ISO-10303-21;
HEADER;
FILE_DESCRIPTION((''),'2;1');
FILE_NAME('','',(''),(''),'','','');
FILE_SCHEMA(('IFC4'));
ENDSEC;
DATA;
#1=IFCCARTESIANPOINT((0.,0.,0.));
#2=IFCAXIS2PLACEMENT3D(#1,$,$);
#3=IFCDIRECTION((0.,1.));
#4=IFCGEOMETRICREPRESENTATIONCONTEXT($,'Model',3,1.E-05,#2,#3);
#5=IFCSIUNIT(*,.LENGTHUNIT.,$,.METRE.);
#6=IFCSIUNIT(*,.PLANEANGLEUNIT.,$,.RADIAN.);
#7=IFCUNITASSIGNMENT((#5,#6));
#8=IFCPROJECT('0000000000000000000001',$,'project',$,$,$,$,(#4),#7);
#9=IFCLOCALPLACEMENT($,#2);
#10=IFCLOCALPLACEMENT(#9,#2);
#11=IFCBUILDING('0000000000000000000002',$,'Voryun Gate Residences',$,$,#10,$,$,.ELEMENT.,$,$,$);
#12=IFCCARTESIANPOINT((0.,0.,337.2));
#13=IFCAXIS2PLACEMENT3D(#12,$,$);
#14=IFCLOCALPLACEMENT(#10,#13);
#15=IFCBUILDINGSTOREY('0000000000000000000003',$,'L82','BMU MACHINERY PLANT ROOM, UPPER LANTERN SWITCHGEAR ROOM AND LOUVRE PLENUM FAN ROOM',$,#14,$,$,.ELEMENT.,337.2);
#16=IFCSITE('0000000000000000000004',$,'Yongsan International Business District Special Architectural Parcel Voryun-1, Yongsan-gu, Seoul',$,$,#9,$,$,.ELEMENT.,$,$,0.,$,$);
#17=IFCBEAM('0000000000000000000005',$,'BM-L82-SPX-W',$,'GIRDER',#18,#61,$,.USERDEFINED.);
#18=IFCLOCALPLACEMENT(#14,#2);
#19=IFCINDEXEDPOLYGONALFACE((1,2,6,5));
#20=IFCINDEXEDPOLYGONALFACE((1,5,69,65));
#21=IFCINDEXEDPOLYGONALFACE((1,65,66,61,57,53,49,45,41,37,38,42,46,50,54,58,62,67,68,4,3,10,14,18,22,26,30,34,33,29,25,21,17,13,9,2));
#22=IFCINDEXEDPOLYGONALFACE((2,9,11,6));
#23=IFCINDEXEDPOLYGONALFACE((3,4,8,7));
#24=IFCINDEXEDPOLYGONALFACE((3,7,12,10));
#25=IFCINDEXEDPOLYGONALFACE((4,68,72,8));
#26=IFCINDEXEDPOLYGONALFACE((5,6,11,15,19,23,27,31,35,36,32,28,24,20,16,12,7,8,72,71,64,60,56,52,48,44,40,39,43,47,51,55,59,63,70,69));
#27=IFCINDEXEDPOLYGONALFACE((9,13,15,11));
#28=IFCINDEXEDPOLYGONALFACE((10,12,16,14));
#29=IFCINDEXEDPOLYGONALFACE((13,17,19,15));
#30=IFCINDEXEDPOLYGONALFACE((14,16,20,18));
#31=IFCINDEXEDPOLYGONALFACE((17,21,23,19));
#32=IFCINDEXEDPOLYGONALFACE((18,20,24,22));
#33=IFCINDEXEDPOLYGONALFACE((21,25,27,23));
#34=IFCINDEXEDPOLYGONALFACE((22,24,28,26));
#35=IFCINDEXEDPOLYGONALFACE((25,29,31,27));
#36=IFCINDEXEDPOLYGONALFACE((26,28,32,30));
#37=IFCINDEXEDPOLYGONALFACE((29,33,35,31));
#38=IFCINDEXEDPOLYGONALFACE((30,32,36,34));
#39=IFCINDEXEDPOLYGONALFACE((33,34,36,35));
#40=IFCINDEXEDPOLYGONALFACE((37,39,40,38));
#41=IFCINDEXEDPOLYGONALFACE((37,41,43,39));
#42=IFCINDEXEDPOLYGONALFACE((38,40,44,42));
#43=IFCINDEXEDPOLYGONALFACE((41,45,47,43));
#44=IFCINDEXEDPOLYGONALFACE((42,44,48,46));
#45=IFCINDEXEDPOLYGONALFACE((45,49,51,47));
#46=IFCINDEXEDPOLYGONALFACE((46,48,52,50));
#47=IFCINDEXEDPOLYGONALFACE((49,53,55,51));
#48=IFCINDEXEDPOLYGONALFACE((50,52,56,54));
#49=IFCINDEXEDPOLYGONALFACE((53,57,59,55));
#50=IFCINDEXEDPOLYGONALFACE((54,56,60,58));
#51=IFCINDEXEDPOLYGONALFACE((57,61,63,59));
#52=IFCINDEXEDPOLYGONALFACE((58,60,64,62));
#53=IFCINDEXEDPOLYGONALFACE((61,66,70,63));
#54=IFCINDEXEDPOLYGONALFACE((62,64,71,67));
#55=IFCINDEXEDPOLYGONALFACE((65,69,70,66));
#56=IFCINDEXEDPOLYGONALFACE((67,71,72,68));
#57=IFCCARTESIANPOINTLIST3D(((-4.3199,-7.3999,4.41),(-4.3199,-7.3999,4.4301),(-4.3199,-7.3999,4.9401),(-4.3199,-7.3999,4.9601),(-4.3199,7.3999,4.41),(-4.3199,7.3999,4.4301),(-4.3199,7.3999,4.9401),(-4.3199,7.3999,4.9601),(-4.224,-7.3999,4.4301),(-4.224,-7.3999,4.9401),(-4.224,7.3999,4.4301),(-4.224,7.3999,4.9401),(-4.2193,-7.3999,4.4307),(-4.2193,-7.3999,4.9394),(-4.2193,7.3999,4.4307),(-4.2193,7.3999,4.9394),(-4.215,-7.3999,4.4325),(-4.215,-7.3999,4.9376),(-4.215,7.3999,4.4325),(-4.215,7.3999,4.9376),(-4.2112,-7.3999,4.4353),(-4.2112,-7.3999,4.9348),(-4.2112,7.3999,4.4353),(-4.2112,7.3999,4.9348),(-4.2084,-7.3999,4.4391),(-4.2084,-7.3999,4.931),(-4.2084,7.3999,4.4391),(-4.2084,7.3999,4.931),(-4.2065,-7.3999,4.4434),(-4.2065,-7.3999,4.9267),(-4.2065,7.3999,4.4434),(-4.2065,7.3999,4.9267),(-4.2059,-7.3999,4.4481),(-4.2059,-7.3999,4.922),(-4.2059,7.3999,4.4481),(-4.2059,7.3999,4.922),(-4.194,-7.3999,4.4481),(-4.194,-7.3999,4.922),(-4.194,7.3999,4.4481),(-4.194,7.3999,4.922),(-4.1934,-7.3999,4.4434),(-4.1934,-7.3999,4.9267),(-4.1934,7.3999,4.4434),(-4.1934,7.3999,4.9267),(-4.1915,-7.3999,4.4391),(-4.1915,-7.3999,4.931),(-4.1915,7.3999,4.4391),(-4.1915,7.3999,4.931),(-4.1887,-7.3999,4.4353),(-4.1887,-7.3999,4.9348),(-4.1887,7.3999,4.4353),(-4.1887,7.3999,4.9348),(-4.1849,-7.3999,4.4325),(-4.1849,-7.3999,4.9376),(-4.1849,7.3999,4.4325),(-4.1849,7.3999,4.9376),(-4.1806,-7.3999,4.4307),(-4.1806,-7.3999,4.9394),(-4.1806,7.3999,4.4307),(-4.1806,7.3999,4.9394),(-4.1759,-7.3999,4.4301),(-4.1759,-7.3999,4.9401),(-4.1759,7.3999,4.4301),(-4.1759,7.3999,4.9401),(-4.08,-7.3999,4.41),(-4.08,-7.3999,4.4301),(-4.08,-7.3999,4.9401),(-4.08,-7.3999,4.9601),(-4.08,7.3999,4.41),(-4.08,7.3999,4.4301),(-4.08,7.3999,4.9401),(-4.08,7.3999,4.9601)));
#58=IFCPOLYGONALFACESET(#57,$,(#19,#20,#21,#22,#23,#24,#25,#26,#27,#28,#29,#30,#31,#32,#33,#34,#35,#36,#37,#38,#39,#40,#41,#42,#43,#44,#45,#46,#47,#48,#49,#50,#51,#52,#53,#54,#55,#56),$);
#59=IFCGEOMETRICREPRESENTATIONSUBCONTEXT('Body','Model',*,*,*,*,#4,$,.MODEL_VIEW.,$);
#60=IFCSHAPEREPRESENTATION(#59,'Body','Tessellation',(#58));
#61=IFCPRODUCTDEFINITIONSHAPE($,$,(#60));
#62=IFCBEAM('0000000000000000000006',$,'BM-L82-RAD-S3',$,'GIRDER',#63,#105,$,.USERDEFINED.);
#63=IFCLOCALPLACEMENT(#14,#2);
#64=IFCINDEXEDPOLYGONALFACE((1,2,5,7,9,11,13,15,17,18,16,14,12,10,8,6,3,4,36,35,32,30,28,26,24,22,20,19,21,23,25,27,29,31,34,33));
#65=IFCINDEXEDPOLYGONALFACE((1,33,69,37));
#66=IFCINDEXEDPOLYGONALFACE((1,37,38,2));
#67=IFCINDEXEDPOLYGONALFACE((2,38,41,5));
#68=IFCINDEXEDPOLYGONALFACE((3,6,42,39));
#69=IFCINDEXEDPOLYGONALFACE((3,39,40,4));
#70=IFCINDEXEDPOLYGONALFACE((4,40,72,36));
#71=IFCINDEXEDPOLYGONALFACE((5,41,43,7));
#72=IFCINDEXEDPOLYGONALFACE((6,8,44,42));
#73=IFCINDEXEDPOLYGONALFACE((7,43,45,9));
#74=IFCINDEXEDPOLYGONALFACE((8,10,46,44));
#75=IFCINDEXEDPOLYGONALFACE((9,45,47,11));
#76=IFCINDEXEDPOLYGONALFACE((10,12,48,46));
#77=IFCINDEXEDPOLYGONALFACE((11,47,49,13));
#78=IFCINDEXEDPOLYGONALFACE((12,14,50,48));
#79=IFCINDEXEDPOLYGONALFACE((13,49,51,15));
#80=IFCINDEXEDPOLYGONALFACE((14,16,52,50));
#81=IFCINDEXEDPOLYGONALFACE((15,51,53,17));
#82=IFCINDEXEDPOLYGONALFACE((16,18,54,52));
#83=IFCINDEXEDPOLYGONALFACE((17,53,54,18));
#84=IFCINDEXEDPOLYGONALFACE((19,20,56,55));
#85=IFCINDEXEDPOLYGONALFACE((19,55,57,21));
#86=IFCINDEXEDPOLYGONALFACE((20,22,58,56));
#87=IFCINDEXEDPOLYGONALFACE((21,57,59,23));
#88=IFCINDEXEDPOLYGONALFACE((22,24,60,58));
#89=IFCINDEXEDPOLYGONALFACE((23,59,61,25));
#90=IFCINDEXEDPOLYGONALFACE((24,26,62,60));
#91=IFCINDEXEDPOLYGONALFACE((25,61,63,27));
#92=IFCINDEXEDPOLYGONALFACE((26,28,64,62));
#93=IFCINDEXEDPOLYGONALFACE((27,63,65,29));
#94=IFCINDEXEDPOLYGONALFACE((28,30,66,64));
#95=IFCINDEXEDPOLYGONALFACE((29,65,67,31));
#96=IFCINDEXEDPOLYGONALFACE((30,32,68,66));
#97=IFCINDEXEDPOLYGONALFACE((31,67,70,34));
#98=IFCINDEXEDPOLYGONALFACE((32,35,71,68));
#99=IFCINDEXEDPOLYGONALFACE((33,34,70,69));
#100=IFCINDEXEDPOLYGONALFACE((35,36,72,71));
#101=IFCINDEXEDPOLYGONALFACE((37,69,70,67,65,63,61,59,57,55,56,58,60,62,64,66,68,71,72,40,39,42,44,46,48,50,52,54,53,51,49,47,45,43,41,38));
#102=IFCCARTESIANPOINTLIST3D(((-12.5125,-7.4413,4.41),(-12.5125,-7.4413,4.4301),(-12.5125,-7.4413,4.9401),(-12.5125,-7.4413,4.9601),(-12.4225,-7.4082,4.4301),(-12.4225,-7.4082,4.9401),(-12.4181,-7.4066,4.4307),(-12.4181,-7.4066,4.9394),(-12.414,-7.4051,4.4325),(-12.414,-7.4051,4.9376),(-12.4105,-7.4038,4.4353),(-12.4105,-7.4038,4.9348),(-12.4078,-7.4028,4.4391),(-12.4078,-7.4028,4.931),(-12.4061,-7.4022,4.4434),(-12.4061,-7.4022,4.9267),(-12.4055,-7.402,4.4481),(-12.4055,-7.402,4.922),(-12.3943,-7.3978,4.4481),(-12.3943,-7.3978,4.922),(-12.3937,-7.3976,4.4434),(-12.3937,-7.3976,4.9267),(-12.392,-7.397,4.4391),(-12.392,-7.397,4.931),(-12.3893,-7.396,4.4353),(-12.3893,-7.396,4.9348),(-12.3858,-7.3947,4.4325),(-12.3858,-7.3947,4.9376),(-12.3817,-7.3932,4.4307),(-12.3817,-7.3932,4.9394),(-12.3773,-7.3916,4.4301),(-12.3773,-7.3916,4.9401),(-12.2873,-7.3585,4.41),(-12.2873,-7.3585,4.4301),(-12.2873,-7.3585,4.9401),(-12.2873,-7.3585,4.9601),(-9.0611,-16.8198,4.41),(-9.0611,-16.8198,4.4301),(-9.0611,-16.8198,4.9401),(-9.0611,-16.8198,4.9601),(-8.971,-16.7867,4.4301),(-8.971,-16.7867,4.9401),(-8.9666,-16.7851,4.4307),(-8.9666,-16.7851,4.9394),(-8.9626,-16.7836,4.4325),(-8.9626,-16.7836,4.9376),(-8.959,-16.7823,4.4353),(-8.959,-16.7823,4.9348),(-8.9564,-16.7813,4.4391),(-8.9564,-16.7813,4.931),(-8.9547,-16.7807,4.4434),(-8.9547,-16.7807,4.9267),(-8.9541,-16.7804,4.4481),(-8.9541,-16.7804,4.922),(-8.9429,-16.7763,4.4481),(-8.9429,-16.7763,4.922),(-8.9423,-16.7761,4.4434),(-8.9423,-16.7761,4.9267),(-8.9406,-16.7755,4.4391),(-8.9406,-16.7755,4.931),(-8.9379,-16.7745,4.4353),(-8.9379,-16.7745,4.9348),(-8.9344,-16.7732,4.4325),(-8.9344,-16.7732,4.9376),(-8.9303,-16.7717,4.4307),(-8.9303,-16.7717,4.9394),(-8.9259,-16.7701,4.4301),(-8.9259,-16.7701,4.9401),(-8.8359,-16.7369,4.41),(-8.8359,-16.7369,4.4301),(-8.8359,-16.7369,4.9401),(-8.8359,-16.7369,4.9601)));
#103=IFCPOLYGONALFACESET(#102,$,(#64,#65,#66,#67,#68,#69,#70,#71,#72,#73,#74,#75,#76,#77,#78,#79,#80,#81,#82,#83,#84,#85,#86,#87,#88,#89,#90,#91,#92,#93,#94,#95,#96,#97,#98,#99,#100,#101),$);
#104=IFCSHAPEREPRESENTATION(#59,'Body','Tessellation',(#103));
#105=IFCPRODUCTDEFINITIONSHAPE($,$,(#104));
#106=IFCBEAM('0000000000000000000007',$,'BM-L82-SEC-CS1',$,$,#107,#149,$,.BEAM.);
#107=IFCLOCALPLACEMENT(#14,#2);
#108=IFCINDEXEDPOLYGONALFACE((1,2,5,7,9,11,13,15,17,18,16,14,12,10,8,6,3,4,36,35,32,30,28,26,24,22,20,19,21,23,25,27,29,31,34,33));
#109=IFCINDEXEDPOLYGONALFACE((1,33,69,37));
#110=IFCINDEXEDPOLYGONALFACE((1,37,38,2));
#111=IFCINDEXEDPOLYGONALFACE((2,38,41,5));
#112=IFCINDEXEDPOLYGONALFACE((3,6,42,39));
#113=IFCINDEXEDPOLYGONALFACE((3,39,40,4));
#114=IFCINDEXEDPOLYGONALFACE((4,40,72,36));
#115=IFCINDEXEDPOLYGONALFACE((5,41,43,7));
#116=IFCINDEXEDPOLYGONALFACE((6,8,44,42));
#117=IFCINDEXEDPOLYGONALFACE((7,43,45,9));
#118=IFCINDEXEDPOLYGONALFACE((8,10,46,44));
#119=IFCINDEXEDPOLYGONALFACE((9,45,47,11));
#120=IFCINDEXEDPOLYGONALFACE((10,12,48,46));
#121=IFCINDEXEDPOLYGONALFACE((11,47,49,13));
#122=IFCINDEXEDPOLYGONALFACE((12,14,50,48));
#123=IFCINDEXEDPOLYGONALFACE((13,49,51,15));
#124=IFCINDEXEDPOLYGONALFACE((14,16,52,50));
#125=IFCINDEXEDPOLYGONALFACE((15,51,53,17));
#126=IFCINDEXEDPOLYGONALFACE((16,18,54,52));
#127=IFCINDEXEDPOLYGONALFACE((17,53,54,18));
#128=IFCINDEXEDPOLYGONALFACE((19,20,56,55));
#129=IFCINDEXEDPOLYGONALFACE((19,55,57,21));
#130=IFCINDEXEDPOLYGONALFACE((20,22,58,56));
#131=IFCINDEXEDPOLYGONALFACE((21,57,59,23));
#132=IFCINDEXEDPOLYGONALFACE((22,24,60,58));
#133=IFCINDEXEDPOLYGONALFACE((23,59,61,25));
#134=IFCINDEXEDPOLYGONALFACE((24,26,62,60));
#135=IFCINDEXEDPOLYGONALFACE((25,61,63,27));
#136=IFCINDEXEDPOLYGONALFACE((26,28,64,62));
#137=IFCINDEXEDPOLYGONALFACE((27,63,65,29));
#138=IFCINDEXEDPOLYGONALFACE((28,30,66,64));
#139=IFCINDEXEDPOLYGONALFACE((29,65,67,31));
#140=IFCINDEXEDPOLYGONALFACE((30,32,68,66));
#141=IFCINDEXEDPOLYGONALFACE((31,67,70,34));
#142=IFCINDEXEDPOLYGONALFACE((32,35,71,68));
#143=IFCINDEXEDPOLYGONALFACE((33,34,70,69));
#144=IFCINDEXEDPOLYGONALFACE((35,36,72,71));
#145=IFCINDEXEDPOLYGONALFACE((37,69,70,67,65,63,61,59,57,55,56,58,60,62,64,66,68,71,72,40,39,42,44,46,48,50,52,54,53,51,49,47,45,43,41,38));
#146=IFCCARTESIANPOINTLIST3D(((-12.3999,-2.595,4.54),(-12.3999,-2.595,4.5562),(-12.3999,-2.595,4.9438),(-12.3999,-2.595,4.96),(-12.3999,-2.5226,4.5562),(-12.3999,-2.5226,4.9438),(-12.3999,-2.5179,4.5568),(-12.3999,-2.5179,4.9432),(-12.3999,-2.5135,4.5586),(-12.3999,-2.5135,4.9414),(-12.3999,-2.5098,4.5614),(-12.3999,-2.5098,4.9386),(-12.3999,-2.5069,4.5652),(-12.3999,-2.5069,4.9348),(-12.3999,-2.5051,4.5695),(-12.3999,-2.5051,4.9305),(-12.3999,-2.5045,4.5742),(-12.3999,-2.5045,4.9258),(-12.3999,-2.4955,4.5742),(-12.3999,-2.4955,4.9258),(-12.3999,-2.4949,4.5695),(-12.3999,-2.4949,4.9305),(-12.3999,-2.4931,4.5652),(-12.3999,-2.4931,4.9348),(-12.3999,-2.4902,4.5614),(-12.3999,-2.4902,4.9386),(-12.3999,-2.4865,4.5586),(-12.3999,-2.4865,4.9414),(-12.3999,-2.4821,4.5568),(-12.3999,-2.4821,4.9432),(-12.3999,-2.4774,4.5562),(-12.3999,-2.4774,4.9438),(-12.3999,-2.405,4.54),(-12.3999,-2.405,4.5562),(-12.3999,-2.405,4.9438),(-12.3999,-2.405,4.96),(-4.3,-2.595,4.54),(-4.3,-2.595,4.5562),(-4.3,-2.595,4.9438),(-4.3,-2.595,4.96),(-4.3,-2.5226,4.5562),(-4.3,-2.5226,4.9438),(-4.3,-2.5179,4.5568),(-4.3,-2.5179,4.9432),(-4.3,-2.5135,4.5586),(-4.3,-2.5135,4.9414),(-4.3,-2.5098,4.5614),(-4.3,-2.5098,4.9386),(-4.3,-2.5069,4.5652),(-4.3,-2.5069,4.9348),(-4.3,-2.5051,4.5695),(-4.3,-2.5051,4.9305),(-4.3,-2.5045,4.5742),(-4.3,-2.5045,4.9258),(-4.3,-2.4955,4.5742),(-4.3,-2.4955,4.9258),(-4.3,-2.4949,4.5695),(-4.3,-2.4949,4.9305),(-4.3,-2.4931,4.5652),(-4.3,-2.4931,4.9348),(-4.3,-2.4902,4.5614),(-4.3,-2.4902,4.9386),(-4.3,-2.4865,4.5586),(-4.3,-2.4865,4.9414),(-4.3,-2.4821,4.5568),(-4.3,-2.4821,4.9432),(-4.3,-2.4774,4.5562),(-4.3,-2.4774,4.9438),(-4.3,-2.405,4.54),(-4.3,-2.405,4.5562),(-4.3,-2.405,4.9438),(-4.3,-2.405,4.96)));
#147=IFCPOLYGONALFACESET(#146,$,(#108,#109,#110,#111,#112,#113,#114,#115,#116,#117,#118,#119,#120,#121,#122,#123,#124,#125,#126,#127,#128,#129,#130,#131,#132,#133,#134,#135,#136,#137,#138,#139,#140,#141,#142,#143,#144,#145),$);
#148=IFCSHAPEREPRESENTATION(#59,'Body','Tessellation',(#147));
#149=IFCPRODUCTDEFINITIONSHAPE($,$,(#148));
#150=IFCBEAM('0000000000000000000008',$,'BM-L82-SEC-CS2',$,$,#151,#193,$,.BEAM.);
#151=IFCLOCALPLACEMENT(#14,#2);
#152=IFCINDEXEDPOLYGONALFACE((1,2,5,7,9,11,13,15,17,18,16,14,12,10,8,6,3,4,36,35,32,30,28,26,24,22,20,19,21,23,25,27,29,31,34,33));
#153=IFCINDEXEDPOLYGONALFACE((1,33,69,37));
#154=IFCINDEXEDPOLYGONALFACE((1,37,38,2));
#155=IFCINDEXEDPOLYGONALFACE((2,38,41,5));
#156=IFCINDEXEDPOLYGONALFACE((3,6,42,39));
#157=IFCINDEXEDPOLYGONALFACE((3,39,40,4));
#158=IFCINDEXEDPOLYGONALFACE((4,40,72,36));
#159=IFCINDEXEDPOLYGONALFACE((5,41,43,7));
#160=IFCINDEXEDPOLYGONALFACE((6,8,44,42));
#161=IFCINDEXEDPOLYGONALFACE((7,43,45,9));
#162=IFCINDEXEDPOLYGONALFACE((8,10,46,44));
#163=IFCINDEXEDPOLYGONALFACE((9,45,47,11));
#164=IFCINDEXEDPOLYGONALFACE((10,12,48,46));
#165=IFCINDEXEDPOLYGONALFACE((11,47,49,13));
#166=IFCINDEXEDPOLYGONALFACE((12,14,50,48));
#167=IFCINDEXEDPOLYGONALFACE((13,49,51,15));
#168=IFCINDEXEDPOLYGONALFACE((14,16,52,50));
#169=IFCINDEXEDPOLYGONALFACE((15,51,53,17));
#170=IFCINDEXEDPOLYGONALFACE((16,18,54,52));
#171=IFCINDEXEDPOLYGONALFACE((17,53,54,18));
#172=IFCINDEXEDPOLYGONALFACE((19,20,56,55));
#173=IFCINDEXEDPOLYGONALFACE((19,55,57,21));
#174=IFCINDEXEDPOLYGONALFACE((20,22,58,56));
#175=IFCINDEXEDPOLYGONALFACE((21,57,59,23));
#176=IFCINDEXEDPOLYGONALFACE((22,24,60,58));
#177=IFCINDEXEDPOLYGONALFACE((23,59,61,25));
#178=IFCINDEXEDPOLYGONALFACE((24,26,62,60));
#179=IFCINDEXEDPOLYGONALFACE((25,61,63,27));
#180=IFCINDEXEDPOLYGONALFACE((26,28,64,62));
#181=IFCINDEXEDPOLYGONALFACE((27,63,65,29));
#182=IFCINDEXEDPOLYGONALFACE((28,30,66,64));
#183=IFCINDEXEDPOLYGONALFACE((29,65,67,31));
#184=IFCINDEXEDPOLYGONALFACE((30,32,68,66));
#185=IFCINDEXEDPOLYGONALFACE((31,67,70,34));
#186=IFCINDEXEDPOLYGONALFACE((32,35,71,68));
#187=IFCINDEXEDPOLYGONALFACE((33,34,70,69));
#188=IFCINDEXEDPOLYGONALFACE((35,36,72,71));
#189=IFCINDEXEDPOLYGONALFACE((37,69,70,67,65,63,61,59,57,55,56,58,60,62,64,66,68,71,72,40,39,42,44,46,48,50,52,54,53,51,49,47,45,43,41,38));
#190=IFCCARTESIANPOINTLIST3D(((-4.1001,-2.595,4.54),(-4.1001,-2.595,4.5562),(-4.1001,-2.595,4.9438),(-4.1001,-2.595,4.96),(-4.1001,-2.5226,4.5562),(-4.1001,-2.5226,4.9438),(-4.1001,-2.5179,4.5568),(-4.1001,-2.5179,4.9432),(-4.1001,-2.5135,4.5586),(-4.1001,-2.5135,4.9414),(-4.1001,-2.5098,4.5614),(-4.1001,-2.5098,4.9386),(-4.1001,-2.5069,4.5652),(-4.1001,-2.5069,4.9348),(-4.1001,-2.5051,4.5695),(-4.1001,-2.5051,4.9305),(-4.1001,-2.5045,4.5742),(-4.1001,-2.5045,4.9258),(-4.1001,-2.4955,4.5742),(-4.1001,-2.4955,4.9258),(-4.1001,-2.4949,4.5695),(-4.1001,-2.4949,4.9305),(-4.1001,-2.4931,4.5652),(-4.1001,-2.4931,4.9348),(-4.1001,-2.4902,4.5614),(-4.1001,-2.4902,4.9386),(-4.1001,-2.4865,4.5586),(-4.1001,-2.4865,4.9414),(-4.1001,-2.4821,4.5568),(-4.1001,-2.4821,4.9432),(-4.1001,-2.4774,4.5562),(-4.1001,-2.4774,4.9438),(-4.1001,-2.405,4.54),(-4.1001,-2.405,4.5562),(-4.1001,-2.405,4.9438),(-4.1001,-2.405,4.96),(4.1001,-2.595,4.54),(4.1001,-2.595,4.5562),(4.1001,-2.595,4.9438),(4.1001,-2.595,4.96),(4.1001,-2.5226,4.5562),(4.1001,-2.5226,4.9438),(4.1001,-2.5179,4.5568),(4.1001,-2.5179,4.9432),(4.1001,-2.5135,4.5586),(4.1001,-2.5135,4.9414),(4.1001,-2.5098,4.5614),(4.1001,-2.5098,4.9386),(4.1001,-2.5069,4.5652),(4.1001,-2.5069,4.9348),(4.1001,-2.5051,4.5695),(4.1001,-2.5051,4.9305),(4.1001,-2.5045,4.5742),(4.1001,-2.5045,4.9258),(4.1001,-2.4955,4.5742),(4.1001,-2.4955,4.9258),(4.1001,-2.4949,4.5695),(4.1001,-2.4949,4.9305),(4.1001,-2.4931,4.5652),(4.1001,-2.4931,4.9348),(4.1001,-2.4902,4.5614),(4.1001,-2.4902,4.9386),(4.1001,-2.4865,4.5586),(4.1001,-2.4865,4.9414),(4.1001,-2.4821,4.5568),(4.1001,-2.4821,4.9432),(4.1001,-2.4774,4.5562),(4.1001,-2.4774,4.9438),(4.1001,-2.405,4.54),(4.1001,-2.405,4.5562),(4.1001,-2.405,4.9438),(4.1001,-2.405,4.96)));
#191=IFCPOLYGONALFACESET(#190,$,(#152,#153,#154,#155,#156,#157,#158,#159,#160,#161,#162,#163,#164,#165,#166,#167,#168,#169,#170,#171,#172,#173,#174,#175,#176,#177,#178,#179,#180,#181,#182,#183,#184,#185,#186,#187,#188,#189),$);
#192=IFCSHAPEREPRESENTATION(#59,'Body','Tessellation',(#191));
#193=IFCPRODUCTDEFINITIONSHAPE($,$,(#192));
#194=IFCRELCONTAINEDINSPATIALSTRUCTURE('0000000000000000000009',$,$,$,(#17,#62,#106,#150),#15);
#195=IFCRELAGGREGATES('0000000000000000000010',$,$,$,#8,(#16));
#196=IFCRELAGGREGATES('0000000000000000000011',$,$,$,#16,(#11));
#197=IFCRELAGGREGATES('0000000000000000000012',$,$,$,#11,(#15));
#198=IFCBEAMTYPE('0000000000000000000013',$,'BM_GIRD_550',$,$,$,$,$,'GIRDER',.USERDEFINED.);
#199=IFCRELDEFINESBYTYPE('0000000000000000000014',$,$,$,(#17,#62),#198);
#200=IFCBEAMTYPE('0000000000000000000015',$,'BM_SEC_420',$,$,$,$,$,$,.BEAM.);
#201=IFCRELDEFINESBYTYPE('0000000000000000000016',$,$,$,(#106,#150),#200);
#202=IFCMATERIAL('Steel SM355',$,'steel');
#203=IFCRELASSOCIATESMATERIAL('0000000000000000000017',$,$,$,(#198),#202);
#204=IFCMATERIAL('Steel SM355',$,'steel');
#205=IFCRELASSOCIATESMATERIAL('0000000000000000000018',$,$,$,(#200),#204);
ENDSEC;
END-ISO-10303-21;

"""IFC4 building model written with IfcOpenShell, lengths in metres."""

from ifc_helpers import new_model, si_unit, direction, frame, origin, origin_2d, place, context, subcontext, project, spatial, i_section, extrude, material, material_profile, profile_set, type_object, element, save


model = new_model("IFC4")

# Units and contexts
model_context = context("Model", 3, precision=1e-05, world=origin(), true_north=direction((0.0, 1.0)))
body_context = subcontext(model_context, "Body", "Model", "MODEL_VIEW")
ifc_project = project(units=[si_unit("LENGTHUNIT", "METRE"), si_unit("PLANEANGLEUNIT", "RADIAN")], contexts=[model_context])

# Site, building, storey
site_placement = place(None, origin())
site = spatial("IfcSite", under=ifc_project, at=site_placement, Name="Yongsan International Business District Special Architectural Parcel Voryun-1, Yongsan-gu, Seoul", CompositionType="ELEMENT", RefElevation=0.0)
building_placement = place(site_placement, origin())
building = spatial("IfcBuilding", under=site, at=building_placement, Name="Voryun Gate Residences", CompositionType="ELEMENT")
storey_placement = place(building_placement, frame((0.0, 0.0, 337.2)))
storey = spatial("IfcBuildingStorey", under=building, at=storey_placement, Name="L82", Description="BMU MACHINERY PLANT ROOM, UPPER LANTERN SWITCHGEAR ROOM AND LOUVRE PLENUM FAN ROOM", CompositionType="ELEMENT", Elevation=337.2)

# Beams
ifc_material_1 = material(Name="Steel SM355", Category="steel")
ifc_material_profile_1 = material_profile(ifc_material_1, i_section(OverallWidth=0.24, OverallDepth=0.55, WebThickness=0.012, FlangeThickness=0.02, FilletRadius=0.0181, at=origin_2d()), Name="H-550x240x12x20")
ifc_profile_set_1 = profile_set([ifc_material_profile_1], Name="Steel SM355")
beam_type_1 = type_object("IfcBeamType", Name="BM_GIRD_550", ElementType="GIRDER", PredefinedType="USERDEFINED", material=ifc_profile_set_1)
beam_1_placement = place(storey_placement, frame((-4.2, -7.3999, 4.6851), z_axis=(0.0, 1.0, 0.0), x_axis=(-1.0, 0.0, 0.0)))
element("IfcBeam", 1, at=beam_1_placement, inside=storey, type_object=beam_type_1, Name="BM-L82-SPX-W", ObjectType="GIRDER", PredefinedType="USERDEFINED", context=body_context, shape_type="SweptSolid", body=[
    extrude(i_section(OverallWidth=0.24, OverallDepth=0.55, WebThickness=0.012, FlangeThickness=0.02, FilletRadius=0.0181, at=origin_2d()), origin(), (0.0, 0.0, 1.0), 14.7998),
])
beam_2_placement = place(storey_placement, frame((-12.3999, -7.3999, 4.6851), z_axis=(0.345371, -0.938466, 0.0), x_axis=(0.938466, 0.345371, 0.0)))
element("IfcBeam", 2, at=beam_2_placement, inside=storey, type_object=beam_type_1, Name="BM-L82-RAD-S3", ObjectType="GIRDER", PredefinedType="USERDEFINED", context=body_context, shape_type="SweptSolid", body=[
    extrude(i_section(OverallWidth=0.24, OverallDepth=0.55, WebThickness=0.012, FlangeThickness=0.02, FilletRadius=0.0181, at=origin_2d()), origin(), (0.0, 0.0, 1.0), 9.9934),
])
ifc_material_2 = material(Name="Steel SM355", Category="steel")
ifc_material_profile_2 = material_profile(ifc_material_2, i_section(OverallWidth=0.1899, OverallDepth=0.4199, WebThickness=0.009, FlangeThickness=0.0161, FilletRadius=0.0181, at=origin_2d()), Name="H-420x190x9x16")
ifc_profile_set_2 = profile_set([ifc_material_profile_2], Name="Steel SM355")
beam_type_2 = type_object("IfcBeamType", Name="BM_SEC_420", PredefinedType="BEAM", material=ifc_profile_set_2)
beam_3_placement = place(storey_placement, frame((-12.3999, -2.5, 4.75), z_axis=(1.0, 0.0, 0.0), x_axis=(0.0, 1.0, 0.0)))
element("IfcBeam", 3, at=beam_3_placement, inside=storey, type_object=beam_type_2, Name="BM-L82-SEC-CS1", PredefinedType="BEAM", context=body_context, shape_type="SweptSolid", body=[
    extrude(i_section(OverallWidth=0.1899, OverallDepth=0.4199, WebThickness=0.009, FlangeThickness=0.0161, FilletRadius=0.0181, at=origin_2d()), origin(), (0.0, 0.0, 1.0), 8.0999),
])
beam_4_placement = place(storey_placement, frame((-4.1001, -2.5, 4.75), z_axis=(1.0, 0.0, 0.0), x_axis=(0.0, 1.0, 0.0)))
element("IfcBeam", 4, at=beam_4_placement, inside=storey, type_object=beam_type_2, Name="BM-L82-SEC-CS2", PredefinedType="BEAM", context=body_context, shape_type="SweptSolid", body=[
    extrude(i_section(OverallWidth=0.1899, OverallDepth=0.4199, WebThickness=0.009, FlangeThickness=0.0161, FilletRadius=0.0181, at=origin_2d()), origin(), (0.0, 0.0, 1.0), 8.2002),
])

save(model, "model.ifc")
